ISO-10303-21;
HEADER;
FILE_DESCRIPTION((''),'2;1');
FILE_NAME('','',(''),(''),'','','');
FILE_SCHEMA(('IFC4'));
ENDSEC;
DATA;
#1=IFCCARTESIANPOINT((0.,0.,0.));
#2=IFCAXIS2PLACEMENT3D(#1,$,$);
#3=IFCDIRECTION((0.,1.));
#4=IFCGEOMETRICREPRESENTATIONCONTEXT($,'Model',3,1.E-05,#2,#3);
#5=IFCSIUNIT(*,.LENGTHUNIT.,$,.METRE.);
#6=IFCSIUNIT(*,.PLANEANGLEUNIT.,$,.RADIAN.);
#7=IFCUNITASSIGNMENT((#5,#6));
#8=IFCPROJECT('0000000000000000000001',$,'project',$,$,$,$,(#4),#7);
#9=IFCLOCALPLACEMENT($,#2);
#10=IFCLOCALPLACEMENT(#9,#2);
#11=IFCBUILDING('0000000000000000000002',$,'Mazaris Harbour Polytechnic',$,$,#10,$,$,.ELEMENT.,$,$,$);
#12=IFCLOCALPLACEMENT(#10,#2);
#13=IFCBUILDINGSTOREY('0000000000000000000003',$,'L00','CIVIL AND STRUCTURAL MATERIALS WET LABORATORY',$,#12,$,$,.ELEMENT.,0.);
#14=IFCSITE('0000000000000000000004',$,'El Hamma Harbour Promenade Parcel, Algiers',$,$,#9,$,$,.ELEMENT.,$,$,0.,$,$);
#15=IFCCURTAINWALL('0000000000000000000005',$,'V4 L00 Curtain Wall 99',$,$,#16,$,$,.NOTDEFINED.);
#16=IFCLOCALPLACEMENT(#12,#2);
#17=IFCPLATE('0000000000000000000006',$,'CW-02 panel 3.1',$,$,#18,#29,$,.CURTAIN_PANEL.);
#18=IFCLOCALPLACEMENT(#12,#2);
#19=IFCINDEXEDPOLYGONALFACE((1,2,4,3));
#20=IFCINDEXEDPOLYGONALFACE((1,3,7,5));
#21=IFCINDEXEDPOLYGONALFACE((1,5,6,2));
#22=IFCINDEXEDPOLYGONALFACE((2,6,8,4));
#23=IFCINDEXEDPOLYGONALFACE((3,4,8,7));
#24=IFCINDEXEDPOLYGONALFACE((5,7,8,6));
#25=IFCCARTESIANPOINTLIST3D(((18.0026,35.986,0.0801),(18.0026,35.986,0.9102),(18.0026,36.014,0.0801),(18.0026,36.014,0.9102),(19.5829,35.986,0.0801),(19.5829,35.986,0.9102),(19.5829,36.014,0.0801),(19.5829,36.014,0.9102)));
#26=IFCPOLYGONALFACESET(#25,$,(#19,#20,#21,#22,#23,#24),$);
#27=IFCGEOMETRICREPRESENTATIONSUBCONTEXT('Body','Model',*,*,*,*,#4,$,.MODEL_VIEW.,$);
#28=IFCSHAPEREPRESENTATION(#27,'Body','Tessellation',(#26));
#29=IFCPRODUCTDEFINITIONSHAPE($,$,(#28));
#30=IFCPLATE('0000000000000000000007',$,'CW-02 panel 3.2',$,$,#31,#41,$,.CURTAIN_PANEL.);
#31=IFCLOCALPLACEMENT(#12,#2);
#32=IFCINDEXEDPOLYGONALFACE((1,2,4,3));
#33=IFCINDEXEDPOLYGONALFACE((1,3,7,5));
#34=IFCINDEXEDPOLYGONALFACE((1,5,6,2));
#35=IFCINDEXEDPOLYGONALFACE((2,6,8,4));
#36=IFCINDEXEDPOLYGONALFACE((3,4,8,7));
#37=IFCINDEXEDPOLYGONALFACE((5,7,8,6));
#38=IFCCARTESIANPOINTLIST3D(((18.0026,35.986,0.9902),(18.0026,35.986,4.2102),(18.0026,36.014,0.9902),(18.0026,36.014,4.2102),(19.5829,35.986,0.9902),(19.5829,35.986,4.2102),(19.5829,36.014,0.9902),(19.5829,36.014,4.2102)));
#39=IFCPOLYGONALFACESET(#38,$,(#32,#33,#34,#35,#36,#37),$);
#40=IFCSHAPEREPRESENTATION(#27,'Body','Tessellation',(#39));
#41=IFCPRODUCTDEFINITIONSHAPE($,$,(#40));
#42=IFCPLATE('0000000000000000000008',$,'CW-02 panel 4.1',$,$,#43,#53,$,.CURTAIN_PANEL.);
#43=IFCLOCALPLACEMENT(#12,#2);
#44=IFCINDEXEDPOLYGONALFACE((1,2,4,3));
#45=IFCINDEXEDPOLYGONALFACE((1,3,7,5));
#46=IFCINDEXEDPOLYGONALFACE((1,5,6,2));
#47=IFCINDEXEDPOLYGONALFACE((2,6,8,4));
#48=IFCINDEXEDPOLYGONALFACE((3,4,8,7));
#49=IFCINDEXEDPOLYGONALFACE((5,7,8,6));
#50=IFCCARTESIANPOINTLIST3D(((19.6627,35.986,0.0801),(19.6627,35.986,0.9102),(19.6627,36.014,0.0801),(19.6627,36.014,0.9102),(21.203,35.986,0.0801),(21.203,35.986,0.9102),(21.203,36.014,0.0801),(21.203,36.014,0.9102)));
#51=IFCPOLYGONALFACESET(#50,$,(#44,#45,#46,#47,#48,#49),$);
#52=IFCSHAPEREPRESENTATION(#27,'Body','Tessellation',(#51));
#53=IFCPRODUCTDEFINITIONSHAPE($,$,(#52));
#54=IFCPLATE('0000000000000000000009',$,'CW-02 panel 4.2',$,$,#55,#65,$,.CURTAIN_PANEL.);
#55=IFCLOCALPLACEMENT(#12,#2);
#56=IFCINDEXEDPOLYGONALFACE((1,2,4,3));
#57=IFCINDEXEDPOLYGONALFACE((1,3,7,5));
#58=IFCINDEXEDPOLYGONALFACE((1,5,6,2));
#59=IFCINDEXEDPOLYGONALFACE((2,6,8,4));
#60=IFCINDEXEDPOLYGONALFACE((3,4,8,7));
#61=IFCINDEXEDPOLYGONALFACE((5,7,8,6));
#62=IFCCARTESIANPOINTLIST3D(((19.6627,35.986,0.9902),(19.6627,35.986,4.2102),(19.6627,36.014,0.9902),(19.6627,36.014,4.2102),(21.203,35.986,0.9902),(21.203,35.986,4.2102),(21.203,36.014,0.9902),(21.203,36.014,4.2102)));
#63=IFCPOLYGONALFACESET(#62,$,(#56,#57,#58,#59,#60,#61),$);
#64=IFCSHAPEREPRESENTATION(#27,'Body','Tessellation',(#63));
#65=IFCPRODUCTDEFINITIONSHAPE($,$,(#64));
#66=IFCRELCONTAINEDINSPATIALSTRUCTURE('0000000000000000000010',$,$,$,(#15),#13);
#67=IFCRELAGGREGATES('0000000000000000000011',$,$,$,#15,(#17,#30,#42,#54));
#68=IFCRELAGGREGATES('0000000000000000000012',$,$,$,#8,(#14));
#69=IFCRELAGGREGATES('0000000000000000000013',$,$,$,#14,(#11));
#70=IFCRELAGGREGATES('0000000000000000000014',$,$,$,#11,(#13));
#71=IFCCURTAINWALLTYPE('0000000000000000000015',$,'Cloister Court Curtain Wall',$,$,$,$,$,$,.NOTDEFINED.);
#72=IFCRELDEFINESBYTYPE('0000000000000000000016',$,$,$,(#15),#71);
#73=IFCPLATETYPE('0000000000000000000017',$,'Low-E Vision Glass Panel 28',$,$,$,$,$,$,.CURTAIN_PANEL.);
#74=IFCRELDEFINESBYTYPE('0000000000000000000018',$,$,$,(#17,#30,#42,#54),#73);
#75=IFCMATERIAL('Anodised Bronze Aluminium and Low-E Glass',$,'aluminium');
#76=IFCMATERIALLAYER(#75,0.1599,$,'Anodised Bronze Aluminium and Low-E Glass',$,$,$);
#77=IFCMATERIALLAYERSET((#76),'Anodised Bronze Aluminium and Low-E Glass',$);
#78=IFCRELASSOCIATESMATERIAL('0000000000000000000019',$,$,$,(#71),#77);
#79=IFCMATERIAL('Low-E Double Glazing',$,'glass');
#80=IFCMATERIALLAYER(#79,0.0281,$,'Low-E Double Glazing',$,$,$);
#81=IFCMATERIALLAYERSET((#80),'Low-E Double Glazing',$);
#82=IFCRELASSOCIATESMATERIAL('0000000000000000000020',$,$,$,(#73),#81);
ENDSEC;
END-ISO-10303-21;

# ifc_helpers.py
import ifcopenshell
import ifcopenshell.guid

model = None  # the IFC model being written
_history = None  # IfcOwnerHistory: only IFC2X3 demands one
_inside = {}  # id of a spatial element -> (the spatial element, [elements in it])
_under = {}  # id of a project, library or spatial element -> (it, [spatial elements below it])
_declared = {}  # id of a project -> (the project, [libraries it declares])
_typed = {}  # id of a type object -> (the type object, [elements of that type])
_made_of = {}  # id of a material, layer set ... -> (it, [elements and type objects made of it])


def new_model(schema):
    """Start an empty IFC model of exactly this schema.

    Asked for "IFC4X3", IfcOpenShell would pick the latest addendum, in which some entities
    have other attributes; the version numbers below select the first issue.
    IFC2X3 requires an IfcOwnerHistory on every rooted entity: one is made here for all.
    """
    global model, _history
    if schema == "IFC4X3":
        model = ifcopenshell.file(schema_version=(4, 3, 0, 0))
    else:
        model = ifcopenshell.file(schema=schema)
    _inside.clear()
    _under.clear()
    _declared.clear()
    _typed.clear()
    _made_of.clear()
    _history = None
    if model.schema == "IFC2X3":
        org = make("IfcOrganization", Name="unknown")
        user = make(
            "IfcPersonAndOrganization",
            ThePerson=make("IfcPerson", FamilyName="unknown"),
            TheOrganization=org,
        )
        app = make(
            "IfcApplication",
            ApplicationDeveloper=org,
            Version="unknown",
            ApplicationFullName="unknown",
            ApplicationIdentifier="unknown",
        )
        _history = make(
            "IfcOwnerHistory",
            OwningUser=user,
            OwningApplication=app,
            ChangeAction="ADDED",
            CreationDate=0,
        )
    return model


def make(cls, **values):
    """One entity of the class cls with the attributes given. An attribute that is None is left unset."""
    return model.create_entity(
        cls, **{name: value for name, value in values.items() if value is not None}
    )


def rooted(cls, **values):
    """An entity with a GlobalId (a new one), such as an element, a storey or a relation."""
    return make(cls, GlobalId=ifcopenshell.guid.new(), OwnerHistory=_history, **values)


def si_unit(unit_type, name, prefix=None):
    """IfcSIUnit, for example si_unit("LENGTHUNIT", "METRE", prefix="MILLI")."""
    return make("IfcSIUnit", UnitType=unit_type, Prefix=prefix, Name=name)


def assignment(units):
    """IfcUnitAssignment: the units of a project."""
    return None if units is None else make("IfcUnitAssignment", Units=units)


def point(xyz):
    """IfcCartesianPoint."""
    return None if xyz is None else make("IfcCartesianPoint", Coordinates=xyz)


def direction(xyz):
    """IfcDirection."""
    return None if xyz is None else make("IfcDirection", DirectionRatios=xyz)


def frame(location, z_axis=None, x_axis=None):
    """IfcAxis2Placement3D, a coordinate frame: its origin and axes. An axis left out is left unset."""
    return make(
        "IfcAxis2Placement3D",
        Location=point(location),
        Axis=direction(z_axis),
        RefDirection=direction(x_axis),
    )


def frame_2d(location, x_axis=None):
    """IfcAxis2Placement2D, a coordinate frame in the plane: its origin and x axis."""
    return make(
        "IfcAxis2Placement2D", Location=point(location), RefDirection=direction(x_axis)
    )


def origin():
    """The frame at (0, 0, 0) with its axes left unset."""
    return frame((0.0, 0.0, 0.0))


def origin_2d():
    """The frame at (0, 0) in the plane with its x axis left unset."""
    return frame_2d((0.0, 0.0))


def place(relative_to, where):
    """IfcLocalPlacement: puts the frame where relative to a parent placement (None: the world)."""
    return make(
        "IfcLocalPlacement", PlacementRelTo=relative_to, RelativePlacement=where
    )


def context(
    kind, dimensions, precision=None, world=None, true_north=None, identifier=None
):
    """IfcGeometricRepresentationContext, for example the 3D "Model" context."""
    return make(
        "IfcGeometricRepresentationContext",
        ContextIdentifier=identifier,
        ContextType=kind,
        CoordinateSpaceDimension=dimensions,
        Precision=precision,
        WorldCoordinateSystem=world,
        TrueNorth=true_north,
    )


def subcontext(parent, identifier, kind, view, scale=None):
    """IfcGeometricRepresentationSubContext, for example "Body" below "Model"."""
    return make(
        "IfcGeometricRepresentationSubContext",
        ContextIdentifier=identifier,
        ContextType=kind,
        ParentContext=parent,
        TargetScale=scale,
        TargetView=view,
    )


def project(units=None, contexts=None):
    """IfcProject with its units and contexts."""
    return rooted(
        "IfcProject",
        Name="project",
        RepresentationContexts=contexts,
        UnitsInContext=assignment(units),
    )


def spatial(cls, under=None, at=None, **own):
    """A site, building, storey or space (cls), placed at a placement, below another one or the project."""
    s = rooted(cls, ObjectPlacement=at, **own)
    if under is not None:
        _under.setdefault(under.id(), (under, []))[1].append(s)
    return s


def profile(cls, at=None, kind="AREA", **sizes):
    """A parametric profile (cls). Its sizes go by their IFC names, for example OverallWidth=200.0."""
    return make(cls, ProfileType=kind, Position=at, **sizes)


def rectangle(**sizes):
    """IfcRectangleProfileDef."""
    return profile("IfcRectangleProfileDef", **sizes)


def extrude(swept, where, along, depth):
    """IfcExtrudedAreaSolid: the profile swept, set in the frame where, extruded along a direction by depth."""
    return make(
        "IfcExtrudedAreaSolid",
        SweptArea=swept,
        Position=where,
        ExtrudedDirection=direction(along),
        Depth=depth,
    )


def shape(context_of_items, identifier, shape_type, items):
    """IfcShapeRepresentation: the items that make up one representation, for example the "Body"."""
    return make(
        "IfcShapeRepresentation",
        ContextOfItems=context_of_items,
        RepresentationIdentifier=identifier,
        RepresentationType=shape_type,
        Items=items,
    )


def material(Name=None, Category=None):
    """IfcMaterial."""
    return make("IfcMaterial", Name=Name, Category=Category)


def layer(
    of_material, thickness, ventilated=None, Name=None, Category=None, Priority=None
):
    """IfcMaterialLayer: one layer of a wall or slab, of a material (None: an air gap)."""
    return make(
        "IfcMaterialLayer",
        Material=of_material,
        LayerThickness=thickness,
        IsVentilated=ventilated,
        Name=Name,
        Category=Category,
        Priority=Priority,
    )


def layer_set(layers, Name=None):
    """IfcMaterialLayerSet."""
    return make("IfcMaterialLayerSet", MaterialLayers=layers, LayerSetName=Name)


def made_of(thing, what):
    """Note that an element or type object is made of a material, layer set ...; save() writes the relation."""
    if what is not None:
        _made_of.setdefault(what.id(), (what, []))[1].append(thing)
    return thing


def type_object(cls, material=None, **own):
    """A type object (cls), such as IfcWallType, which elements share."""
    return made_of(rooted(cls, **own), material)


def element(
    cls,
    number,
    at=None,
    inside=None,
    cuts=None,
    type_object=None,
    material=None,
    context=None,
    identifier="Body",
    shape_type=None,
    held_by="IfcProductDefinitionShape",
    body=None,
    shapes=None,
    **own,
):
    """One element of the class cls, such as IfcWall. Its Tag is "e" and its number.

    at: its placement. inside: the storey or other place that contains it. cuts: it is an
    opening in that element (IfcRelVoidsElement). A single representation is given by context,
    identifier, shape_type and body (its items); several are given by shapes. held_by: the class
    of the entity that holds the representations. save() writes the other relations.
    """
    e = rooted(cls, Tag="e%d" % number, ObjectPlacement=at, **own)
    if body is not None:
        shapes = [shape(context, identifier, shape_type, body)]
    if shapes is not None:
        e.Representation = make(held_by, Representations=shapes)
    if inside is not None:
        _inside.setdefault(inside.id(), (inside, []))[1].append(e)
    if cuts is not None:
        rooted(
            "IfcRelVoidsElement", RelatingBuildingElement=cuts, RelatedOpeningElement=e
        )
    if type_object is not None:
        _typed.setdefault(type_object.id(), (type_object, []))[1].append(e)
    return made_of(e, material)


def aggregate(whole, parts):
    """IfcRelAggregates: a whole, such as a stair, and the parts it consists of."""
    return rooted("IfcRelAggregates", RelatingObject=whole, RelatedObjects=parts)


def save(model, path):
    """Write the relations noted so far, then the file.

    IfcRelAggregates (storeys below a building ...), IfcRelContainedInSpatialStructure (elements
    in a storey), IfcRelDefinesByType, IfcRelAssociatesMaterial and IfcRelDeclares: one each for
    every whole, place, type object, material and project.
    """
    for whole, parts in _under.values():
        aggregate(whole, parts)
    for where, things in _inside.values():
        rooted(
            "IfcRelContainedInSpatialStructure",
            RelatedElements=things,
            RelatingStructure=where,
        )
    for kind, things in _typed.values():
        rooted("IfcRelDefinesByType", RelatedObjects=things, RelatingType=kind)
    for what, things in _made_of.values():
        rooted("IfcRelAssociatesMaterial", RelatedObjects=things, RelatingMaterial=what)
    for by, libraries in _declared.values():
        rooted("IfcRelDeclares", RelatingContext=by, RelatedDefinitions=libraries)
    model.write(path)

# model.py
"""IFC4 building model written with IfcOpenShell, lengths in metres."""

from ifc_helpers import new_model, si_unit, direction, frame, origin, origin_2d, place, context, subcontext, project, spatial, rectangle, extrude, material, layer, layer_set, type_object, element, aggregate, save


model = new_model("IFC4")

# Units and contexts
model_context = context("Model", 3, precision=1e-05, world=origin(), true_north=direction((0.0, 1.0)))
body_context = subcontext(model_context, "Body", "Model", "MODEL_VIEW")
ifc_project = project(units=[si_unit("LENGTHUNIT", "METRE"), si_unit("PLANEANGLEUNIT", "RADIAN")], contexts=[model_context])

# Site, building, storey
site_placement = place(None, origin())
site = spatial("IfcSite", under=ifc_project, at=site_placement, Name="El Hamma Harbour Promenade Parcel, Algiers", CompositionType="ELEMENT", RefElevation=0.0)
building_placement = place(site_placement, origin())
building = spatial("IfcBuilding", under=site, at=building_placement, Name="Mazaris Harbour Polytechnic", CompositionType="ELEMENT")
storey_placement = place(building_placement, origin())
storey = spatial("IfcBuildingStorey", under=building, at=storey_placement, Name="L00", Description="CIVIL AND STRUCTURAL MATERIALS WET LABORATORY", CompositionType="ELEMENT", Elevation=0.0)

# Curtain wall
ifc_material_1 = material(Name="Anodised Bronze Aluminium and Low-E Glass", Category="aluminium")
ifc_layer_1 = layer(ifc_material_1, 0.1599, Name="Anodised Bronze Aluminium and Low-E Glass")
ifc_layer_set_1 = layer_set([ifc_layer_1], Name="Anodised Bronze Aluminium and Low-E Glass")
curtain_wall_type = type_object("IfcCurtainWallType", Name="Cloister Court Curtain Wall", PredefinedType="NOTDEFINED", material=ifc_layer_set_1)
curtain_wall_1_placement = place(storey_placement, origin())
curtain_wall_1 = element("IfcCurtainWall", 1, at=curtain_wall_1_placement, inside=storey, type_object=curtain_wall_type, Name="V4 L00 Curtain Wall 99", PredefinedType="NOTDEFINED")

# Plates
ifc_material_2 = material(Name="Low-E Double Glazing", Category="glass")
ifc_layer_2 = layer(ifc_material_2, 0.0281, Name="Low-E Double Glazing")
ifc_layer_set_2 = layer_set([ifc_layer_2], Name="Low-E Double Glazing")
plate_type = type_object("IfcPlateType", Name="Low-E Vision Glass Panel 28", PredefinedType="CURTAIN_PANEL", material=ifc_layer_set_2)
plate_1_placement = place(storey_placement, frame((18.7927, 36.0, 0.0801), z_axis=(0.0, 0.0, 1.0), x_axis=(1.0, 0.0, 0.0)))
plate_1 = element("IfcPlate", 2, at=plate_1_placement, type_object=plate_type, Name="CW-02 panel 3.1", PredefinedType="CURTAIN_PANEL", context=body_context, shape_type="SweptSolid", body=[
    extrude(rectangle(XDim=1.5803, YDim=0.0281, at=origin_2d()), origin(), (0.0, 0.0, 1.0), 0.8301),
])
plate_2_placement = place(storey_placement, frame((18.7927, 36.0, 0.9902), z_axis=(0.0, 0.0, 1.0), x_axis=(1.0, 0.0, 0.0)))
plate_2 = element("IfcPlate", 3, at=plate_2_placement, type_object=plate_type, Name="CW-02 panel 3.2", PredefinedType="CURTAIN_PANEL", context=body_context, shape_type="SweptSolid", body=[
    extrude(rectangle(XDim=1.5803, YDim=0.0281, at=origin_2d()), origin(), (0.0, 0.0, 1.0), 3.22),
])
plate_3_placement = place(storey_placement, frame((20.4329, 36.0, 0.0801), z_axis=(0.0, 0.0, 1.0), x_axis=(1.0, 0.0, 0.0)))
plate_3 = element("IfcPlate", 4, at=plate_3_placement, type_object=plate_type, Name="CW-02 panel 4.1", PredefinedType="CURTAIN_PANEL", context=body_context, shape_type="SweptSolid", body=[
    extrude(rectangle(XDim=1.5403, YDim=0.0281, at=origin_2d()), origin(), (0.0, 0.0, 1.0), 0.8301),
])
plate_4_placement = place(storey_placement, frame((20.4329, 36.0, 0.9902), z_axis=(0.0, 0.0, 1.0), x_axis=(1.0, 0.0, 0.0)))
plate_4 = element("IfcPlate", 5, at=plate_4_placement, type_object=plate_type, Name="CW-02 panel 4.2", PredefinedType="CURTAIN_PANEL", context=body_context, shape_type="SweptSolid", body=[
    extrude(rectangle(XDim=1.5403, YDim=0.0281, at=origin_2d()), origin(), (0.0, 0.0, 1.0), 3.22),
])
aggregate(curtain_wall_1, [plate_1, plate_2, plate_3, plate_4])

save(model, "model.ifc")
